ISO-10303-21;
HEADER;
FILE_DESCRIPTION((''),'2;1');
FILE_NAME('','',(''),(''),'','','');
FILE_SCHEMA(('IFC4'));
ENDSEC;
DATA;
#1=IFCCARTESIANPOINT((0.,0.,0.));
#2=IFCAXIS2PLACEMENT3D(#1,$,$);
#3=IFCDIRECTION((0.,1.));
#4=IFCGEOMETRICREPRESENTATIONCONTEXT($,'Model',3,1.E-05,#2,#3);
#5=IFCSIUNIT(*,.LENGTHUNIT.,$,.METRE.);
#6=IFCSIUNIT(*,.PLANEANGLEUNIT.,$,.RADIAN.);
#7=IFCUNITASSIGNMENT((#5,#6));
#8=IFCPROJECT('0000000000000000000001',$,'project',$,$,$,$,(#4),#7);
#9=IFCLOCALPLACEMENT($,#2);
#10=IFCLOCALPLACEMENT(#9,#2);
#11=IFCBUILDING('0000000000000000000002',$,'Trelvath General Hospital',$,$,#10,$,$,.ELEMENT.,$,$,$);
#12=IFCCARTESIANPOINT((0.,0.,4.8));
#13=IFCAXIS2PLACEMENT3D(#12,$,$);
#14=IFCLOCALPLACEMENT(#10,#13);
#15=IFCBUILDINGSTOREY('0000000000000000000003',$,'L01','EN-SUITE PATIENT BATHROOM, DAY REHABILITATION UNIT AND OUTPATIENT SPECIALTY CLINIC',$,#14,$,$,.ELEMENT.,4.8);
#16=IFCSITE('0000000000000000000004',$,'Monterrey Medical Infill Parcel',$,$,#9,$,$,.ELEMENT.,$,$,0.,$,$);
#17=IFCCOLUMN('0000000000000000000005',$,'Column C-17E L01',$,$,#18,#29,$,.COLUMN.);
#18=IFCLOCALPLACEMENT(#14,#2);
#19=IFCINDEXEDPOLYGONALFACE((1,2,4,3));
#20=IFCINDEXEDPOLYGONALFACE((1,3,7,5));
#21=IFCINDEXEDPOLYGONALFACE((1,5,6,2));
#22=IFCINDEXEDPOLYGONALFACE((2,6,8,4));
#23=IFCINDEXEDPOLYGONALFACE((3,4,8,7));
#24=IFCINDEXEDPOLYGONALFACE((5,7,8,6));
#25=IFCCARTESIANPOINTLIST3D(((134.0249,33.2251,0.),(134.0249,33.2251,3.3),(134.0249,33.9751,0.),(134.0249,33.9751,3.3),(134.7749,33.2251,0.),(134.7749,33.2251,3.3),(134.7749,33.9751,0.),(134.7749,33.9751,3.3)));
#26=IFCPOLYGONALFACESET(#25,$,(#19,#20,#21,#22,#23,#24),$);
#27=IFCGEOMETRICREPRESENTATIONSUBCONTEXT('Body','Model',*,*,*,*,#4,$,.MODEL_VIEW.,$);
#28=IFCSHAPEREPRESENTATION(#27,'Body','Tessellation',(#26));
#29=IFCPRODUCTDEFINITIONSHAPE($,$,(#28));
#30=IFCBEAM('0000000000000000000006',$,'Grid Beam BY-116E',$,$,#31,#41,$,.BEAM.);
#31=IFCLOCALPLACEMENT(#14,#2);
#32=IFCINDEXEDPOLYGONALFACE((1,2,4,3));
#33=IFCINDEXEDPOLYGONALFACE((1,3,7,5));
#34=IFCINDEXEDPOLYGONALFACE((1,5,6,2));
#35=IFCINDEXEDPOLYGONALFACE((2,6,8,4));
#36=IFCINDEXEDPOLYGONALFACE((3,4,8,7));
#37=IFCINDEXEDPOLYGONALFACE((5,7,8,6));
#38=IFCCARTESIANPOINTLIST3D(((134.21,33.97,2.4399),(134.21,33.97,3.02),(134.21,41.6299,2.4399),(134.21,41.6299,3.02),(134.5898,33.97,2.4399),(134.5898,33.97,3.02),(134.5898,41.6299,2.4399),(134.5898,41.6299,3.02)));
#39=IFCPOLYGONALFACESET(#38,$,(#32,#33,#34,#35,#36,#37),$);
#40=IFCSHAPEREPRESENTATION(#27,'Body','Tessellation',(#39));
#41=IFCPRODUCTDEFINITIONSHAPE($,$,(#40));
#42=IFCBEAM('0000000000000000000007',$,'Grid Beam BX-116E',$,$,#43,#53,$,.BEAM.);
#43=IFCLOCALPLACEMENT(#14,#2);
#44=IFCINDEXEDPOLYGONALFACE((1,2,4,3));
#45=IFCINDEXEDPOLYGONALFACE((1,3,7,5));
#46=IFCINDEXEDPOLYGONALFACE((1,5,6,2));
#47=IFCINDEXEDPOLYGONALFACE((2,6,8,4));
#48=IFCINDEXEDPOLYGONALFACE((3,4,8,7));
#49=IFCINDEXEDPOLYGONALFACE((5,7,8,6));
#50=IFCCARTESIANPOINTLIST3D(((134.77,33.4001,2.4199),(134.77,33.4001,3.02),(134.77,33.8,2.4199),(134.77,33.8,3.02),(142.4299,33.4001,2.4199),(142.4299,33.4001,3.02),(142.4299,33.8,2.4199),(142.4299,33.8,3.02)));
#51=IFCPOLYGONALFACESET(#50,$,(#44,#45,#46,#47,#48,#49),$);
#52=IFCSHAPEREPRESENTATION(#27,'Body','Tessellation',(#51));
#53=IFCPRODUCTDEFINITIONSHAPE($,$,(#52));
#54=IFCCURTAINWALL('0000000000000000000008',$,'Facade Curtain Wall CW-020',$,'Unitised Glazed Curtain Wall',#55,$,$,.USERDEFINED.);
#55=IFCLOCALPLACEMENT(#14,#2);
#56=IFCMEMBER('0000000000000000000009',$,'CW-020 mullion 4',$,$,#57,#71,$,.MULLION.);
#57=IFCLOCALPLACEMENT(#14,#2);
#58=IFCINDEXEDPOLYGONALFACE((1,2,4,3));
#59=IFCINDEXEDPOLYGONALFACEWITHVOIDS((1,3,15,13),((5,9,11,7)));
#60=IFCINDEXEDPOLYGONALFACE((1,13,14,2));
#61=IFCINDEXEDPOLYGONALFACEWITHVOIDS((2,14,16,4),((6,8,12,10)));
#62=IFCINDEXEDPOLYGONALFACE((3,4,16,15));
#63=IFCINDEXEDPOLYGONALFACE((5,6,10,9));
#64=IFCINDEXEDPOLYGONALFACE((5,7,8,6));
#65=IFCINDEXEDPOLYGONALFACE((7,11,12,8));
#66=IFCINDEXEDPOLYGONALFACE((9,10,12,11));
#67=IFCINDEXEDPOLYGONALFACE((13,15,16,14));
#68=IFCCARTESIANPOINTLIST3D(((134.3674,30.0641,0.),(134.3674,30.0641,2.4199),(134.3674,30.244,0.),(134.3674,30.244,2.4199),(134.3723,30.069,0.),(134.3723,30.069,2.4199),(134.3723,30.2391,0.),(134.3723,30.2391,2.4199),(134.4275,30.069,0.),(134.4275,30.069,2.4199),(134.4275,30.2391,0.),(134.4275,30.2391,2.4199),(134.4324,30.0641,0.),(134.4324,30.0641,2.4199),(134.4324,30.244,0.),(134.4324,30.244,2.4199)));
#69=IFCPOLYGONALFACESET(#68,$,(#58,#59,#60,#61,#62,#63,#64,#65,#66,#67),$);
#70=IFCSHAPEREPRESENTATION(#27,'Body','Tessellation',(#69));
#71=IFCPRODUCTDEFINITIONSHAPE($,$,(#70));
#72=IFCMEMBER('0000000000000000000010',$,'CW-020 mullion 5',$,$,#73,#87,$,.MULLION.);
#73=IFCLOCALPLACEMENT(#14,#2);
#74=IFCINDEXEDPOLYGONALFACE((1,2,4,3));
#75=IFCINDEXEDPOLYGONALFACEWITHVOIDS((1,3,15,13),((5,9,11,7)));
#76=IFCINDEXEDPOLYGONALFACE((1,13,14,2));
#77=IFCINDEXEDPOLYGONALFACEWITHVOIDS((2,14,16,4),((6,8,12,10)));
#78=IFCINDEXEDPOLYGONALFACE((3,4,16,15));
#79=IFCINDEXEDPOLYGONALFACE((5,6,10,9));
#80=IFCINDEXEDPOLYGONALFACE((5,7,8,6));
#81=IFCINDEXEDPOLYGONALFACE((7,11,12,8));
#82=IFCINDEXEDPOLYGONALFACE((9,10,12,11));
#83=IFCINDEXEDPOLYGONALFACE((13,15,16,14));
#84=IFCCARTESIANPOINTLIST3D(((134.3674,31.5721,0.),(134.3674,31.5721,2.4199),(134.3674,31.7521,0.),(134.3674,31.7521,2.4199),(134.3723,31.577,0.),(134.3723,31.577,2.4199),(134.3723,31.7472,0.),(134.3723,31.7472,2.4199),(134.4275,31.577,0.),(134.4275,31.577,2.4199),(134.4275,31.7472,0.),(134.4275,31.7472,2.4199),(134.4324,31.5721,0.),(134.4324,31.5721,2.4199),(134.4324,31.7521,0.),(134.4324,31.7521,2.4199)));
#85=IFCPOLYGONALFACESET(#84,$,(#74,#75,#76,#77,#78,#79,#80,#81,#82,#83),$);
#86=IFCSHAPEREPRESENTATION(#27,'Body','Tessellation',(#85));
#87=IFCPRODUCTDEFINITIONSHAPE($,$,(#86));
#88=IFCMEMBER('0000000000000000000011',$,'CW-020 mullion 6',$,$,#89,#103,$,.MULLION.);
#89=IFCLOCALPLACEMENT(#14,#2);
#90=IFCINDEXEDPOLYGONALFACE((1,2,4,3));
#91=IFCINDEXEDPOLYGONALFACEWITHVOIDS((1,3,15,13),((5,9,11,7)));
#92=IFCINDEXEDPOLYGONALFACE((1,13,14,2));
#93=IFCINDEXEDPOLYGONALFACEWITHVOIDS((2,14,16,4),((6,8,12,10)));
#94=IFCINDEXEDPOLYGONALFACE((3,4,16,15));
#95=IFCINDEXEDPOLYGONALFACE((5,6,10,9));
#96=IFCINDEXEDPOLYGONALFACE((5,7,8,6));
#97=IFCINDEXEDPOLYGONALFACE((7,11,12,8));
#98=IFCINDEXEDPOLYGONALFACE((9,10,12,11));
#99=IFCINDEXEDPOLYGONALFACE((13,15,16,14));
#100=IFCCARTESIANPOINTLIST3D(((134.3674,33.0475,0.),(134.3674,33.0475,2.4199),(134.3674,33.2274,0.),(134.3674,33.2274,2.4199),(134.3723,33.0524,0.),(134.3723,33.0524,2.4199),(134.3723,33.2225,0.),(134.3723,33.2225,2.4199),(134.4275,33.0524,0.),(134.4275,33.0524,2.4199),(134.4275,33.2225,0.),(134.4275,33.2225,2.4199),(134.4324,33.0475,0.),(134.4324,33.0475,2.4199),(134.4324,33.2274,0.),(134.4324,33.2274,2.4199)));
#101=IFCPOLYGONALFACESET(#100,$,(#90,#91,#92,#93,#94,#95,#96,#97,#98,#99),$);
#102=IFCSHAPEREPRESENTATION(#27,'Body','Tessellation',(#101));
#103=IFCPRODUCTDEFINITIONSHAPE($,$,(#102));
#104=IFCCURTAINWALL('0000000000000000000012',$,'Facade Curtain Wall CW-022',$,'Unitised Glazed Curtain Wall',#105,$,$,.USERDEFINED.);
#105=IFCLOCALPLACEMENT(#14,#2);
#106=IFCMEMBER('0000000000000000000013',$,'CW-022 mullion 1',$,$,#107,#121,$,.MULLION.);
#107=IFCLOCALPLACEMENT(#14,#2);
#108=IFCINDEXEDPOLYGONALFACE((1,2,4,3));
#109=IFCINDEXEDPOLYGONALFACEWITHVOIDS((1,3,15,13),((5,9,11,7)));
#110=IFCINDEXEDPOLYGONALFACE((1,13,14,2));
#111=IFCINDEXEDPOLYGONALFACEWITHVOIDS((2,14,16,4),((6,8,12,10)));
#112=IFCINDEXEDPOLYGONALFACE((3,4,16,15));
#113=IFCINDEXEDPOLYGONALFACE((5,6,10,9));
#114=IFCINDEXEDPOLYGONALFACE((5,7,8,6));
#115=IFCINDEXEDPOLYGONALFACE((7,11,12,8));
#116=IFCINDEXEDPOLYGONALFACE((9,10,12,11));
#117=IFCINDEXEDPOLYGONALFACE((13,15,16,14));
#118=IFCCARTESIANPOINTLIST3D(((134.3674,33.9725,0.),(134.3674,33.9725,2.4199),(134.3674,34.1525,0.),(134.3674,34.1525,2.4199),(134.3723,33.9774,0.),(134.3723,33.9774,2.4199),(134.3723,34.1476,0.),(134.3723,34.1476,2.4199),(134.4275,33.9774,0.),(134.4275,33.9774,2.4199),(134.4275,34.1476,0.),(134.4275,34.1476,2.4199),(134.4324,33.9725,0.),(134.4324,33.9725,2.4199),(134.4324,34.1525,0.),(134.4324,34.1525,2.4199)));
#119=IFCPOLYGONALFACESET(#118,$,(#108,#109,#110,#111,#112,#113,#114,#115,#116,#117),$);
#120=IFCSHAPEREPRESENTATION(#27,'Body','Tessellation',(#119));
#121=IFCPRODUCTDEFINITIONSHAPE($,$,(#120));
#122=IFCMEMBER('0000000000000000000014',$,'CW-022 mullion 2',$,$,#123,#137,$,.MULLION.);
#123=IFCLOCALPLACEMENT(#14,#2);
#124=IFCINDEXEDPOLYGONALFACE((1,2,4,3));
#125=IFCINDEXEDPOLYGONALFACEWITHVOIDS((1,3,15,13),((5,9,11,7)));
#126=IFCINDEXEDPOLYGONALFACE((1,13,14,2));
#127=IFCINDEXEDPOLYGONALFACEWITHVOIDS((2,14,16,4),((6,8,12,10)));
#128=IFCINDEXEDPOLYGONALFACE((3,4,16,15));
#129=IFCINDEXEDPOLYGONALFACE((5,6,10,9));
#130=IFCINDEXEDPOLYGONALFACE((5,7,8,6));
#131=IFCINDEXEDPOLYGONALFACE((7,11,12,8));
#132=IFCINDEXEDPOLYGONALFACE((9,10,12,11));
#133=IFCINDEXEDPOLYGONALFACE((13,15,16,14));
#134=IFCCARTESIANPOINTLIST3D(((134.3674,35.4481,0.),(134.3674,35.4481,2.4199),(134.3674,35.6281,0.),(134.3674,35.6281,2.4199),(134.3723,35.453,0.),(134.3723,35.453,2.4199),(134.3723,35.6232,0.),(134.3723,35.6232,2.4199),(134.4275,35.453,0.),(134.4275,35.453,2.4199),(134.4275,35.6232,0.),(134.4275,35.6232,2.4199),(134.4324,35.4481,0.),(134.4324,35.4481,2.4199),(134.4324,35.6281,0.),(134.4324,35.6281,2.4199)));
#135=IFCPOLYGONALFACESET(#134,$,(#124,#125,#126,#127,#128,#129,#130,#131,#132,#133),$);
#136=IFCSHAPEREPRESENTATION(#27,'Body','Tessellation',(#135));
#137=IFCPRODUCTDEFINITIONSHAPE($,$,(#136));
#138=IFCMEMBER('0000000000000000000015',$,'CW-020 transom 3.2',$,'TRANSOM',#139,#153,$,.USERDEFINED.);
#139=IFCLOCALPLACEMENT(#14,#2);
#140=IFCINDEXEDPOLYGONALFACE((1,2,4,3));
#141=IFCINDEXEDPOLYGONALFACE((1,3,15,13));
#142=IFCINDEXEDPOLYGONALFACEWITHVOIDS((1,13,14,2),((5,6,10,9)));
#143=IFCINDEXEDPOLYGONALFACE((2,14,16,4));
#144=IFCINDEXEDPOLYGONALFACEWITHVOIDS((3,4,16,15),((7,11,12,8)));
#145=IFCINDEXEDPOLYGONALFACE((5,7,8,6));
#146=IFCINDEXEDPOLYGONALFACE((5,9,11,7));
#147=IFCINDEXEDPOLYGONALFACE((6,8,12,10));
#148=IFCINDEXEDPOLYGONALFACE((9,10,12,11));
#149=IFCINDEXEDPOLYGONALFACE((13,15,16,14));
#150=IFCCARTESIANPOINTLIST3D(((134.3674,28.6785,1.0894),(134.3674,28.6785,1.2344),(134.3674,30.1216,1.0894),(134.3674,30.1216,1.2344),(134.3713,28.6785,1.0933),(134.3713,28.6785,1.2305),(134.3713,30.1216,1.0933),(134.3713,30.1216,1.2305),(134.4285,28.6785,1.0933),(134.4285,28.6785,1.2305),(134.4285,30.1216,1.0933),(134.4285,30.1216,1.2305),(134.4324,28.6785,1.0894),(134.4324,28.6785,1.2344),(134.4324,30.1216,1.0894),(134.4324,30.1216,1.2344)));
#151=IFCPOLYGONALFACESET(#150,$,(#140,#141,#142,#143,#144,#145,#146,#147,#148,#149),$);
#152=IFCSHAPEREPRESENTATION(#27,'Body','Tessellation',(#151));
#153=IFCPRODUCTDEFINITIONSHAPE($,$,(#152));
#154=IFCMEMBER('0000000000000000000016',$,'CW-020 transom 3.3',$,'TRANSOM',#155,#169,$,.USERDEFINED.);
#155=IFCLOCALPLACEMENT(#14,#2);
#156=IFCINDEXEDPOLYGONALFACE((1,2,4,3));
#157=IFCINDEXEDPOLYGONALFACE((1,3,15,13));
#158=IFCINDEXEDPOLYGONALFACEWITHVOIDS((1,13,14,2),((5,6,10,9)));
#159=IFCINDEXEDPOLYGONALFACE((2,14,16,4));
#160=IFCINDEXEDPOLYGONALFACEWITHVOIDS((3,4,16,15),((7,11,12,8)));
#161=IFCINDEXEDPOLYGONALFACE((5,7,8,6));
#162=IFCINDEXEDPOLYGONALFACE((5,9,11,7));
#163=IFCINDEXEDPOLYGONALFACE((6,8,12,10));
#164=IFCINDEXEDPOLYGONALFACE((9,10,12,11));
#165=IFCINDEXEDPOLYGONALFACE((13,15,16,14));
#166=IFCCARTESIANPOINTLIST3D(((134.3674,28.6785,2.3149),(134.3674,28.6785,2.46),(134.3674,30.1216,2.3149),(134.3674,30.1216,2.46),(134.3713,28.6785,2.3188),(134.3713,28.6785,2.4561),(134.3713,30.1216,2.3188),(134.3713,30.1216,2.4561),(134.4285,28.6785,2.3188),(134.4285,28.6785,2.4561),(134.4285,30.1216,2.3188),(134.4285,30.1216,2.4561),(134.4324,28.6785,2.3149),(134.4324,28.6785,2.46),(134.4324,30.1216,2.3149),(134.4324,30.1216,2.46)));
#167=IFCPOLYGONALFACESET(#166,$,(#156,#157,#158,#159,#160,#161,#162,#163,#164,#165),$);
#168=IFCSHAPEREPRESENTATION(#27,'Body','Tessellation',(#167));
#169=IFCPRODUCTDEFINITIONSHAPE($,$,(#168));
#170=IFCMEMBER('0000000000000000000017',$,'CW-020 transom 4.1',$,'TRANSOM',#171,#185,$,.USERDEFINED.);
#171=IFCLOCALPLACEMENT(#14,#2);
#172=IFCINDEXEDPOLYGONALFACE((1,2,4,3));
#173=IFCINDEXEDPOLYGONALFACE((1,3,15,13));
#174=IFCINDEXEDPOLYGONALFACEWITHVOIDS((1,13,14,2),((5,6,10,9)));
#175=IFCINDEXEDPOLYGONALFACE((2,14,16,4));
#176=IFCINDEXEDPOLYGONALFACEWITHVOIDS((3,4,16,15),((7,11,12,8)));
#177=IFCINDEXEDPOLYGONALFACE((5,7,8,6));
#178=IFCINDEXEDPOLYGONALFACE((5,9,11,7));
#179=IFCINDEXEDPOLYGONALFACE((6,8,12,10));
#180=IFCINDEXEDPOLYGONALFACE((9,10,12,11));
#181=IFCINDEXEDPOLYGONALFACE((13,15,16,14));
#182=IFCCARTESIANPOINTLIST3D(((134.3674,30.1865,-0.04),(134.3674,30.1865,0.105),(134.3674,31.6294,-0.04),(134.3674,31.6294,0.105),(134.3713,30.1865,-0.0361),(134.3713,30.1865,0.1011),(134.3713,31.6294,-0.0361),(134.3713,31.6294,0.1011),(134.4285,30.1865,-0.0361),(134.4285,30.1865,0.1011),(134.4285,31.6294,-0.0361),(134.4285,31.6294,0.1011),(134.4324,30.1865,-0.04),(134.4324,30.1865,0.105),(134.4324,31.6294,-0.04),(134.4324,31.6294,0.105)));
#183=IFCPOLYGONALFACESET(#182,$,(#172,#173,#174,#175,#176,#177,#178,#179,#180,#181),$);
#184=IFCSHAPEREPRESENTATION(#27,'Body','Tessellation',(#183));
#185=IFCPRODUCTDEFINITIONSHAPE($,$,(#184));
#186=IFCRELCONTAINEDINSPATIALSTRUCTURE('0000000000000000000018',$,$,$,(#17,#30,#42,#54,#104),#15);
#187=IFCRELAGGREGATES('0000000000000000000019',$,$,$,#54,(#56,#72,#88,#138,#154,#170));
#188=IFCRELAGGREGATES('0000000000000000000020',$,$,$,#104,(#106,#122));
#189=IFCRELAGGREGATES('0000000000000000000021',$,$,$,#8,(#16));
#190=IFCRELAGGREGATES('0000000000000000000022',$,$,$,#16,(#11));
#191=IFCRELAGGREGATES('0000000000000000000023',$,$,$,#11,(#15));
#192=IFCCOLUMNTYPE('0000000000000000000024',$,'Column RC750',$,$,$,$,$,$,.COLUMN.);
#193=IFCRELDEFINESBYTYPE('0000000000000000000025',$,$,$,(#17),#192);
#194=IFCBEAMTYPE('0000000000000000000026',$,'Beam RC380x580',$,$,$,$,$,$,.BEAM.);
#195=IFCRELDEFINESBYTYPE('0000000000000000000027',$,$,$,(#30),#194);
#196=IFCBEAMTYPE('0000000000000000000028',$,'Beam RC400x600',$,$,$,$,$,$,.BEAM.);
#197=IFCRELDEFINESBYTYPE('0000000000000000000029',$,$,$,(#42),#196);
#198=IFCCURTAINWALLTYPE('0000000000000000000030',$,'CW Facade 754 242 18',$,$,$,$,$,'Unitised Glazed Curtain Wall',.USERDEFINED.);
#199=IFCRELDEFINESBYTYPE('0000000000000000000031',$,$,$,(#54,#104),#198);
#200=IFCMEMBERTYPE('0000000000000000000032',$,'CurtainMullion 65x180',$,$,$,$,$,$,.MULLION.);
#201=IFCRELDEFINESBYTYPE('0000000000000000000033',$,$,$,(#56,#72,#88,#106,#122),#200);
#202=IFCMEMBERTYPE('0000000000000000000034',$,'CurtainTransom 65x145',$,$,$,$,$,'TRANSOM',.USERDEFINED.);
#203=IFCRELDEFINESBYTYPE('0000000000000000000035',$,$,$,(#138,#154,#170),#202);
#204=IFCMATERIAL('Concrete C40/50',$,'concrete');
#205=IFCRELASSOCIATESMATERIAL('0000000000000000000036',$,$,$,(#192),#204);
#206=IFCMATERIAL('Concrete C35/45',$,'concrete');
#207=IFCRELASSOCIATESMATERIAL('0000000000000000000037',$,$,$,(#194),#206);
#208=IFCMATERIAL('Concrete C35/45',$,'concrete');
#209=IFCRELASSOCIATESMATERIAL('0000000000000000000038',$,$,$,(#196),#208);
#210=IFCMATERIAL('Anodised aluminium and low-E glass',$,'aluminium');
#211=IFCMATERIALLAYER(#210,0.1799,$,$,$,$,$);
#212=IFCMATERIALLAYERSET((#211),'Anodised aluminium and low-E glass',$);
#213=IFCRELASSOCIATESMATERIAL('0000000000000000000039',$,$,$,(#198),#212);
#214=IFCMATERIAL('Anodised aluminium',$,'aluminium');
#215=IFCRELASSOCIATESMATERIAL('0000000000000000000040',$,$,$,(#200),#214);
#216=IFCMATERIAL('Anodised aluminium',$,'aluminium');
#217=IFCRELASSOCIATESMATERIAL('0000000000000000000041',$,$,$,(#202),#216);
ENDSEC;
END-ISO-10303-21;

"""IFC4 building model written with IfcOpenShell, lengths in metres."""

from ifc_helpers import new_model, si_unit, direction, frame, origin, origin_2d, place, context, subcontext, project, spatial, rectangle, hollow_rectangle, extrude, material, layer, layer_set, material_profile, profile_set, type_object, element, aggregate, save


model = new_model("IFC4")

# Units and contexts
model_context = context("Model", 3, precision=1e-05, world=origin(), true_north=direction((0.0, 1.0)))
body_context = subcontext(model_context, "Body", "Model", "MODEL_VIEW")
ifc_project = project(units=[si_unit("LENGTHUNIT", "METRE"), si_unit("PLANEANGLEUNIT", "RADIAN")], contexts=[model_context])

# Site, building, storey
site_placement = place(None, origin())
site = spatial("IfcSite", under=ifc_project, at=site_placement, Name="Monterrey Medical Infill Parcel", CompositionType="ELEMENT", RefElevation=0.0)
building_placement = place(site_placement, origin())
building = spatial("IfcBuilding", under=site, at=building_placement, Name="Trelvath General Hospital", CompositionType="ELEMENT")
storey_placement = place(building_placement, frame((0.0, 0.0, 4.8)))
storey = spatial("IfcBuildingStorey", under=building, at=storey_placement, Name="L01", Description="EN-SUITE PATIENT BATHROOM, DAY REHABILITATION UNIT AND OUTPATIENT SPECIALTY CLINIC", CompositionType="ELEMENT", Elevation=4.8)

# Column
ifc_material_1 = material(Name="Concrete C40/50", Category="concrete")
ifc_material_profile_1 = material_profile(ifc_material_1, rectangle(XDim=0.75, YDim=0.75, at=origin_2d()), Name="RC750x750")
ifc_profile_set_1 = profile_set([ifc_material_profile_1], Name="Concrete C40/50")
column_type = type_object("IfcColumnType", Name="Column RC750", PredefinedType="COLUMN", material=ifc_profile_set_1)
column_placement = place(storey_placement, frame((134.3999, 33.6001, 0.0), z_axis=(0.0, 0.0, 1.0), x_axis=(1.0, 0.0, 0.0)))
element("IfcColumn", 1, at=column_placement, inside=storey, type_object=column_type, Name="Column C-17E L01", PredefinedType="COLUMN", context=body_context, shape_type="SweptSolid", body=[
    extrude(rectangle(XDim=0.75, YDim=0.75, at=origin_2d()), origin(), (0.0, 0.0, 1.0), 3.3),
])

# Beams
ifc_material_2 = material(Name="Concrete C35/45", Category="concrete")
ifc_material_profile_2 = material_profile(ifc_material_2, rectangle(XDim=0.3799, YDim=0.5801, at=origin_2d()), Name="RCB380x580")
ifc_profile_set_2 = profile_set([ifc_material_profile_2], Name="Concrete C35/45")
beam_type_1 = type_object("IfcBeamType", Name="Beam RC380x580", PredefinedType="BEAM", material=ifc_profile_set_2)
beam_1_placement = place(storey_placement, frame((134.3999, 33.97, 2.73), z_axis=(0.0, 1.0, 0.0), x_axis=(-1.0, 0.0, 0.0)))
element("IfcBeam", 2, at=beam_1_placement, inside=storey, type_object=beam_type_1, Name="Grid Beam BY-116E", PredefinedType="BEAM", context=body_context, shape_type="SweptSolid", body=[
    extrude(rectangle(XDim=0.3799, YDim=0.5801, at=origin_2d()), origin(), (0.0, 0.0, 1.0), 7.6599),
])
ifc_material_3 = material(Name="Concrete C35/45", Category="concrete")
ifc_material_profile_3 = material_profile(ifc_material_3, rectangle(XDim=0.3999, YDim=0.6001, at=origin_2d()), Name="RCB400x600")
ifc_profile_set_3 = profile_set([ifc_material_profile_3], Name="Concrete C35/45")
beam_type_2 = type_object("IfcBeamType", Name="Beam RC400x600", PredefinedType="BEAM", material=ifc_profile_set_3)
beam_2_placement = place(storey_placement, frame((134.77, 33.6001, 2.72), z_axis=(1.0, 0.0, 0.0), x_axis=(0.0, 1.0, 0.0)))
element("IfcBeam", 3, at=beam_2_placement, inside=storey, type_object=beam_type_2, Name="Grid Beam BX-116E", PredefinedType="BEAM", context=body_context, shape_type="SweptSolid", body=[
    extrude(rectangle(XDim=0.3999, YDim=0.6001, at=origin_2d()), origin(), (0.0, 0.0, 1.0), 7.6599),
])

# Curtain walls, members
ifc_material_4 = material(Name="Anodised aluminium and low-E glass", Category="aluminium")
ifc_layer_1 = layer(ifc_material_4, 0.1799)
ifc_layer_set_1 = layer_set([ifc_layer_1], Name="Anodised aluminium and low-E glass")
curtain_wall_type = type_object("IfcCurtainWallType", Name="CW Facade 754 242 18", ElementType="Unitised Glazed Curtain Wall", PredefinedType="USERDEFINED", material=ifc_layer_set_1)
curtain_wall_1_placement = place(storey_placement, origin())
curtain_wall_1 = element("IfcCurtainWall", 4, at=curtain_wall_1_placement, inside=storey, type_object=curtain_wall_type, Name="Facade Curtain Wall CW-020", ObjectType="Unitised Glazed Curtain Wall", PredefinedType="USERDEFINED")
ifc_material_5 = material(Name="Anodised aluminium", Category="aluminium")
ifc_material_profile_4 = material_profile(ifc_material_5, hollow_rectangle(XDim=0.0649, YDim=0.1799, WallThickness=0.0049, at=origin_2d()), Name="RHS65x180x5")
ifc_profile_set_4 = profile_set([ifc_material_profile_4], Name="Anodised aluminium")
member_type_1 = type_object("IfcMemberType", Name="CurtainMullion 65x180", PredefinedType="MULLION", material=ifc_profile_set_4)
member_1_placement = place(storey_placement, frame((134.3999, 30.1541, 0.0), z_axis=(0.0, 0.0, 1.0), x_axis=(-1.0, 0.0, 0.0)))
member_1 = element("IfcMember", 5, at=member_1_placement, type_object=member_type_1, Name="CW-020 mullion 4", PredefinedType="MULLION", context=body_context, shape_type="SweptSolid", body=[
    extrude(hollow_rectangle(XDim=0.0649, YDim=0.1799, WallThickness=0.0049, at=origin_2d()), origin(), (0.0, 0.0, 1.0), 2.4199),
])
member_2_placement = place(storey_placement, frame((134.3999, 31.6621, 0.0), z_axis=(0.0, 0.0, 1.0), x_axis=(-1.0, 0.0, 0.0)))
member_2 = element("IfcMember", 6, at=member_2_placement, type_object=member_type_1, Name="CW-020 mullion 5", PredefinedType="MULLION", context=body_context, shape_type="SweptSolid", body=[
    extrude(hollow_rectangle(XDim=0.0649, YDim=0.1799, WallThickness=0.0049, at=origin_2d()), origin(), (0.0, 0.0, 1.0), 2.4199),
])
member_3_placement = place(storey_placement, frame((134.3999, 33.1375, 0.0), z_axis=(0.0, 0.0, 1.0), x_axis=(-1.0, 0.0, 0.0)))
member_3 = element("IfcMember", 7, at=member_3_placement, type_object=member_type_1, Name="CW-020 mullion 6", PredefinedType="MULLION", context=body_context, shape_type="SweptSolid", body=[
    extrude(hollow_rectangle(XDim=0.0649, YDim=0.1799, WallThickness=0.0049, at=origin_2d()), origin(), (0.0, 0.0, 1.0), 2.4199),
])
curtain_wall_2_placement = place(storey_placement, origin())
curtain_wall_2 = element("IfcCurtainWall", 8, at=curtain_wall_2_placement, inside=storey, type_object=curtain_wall_type, Name="Facade Curtain Wall CW-022", ObjectType="Unitised Glazed Curtain Wall", PredefinedType="USERDEFINED")
member_4_placement = place(storey_placement, frame((134.3999, 34.0625, 0.0), z_axis=(0.0, 0.0, 1.0), x_axis=(-1.0, 0.0, 0.0)))
member_4 = element("IfcMember", 9, at=member_4_placement, type_object=member_type_1, Name="CW-022 mullion 1", PredefinedType="MULLION", context=body_context, shape_type="SweptSolid", body=[
    extrude(hollow_rectangle(XDim=0.0649, YDim=0.1799, WallThickness=0.0049, at=origin_2d()), origin(), (0.0, 0.0, 1.0), 2.4199),
])
member_5_placement = place(storey_placement, frame((134.3999, 35.5381, 0.0), z_axis=(0.0, 0.0, 1.0), x_axis=(-1.0, 0.0, 0.0)))
member_5 = element("IfcMember", 10, at=member_5_placement, type_object=member_type_1, Name="CW-022 mullion 2", PredefinedType="MULLION", context=body_context, shape_type="SweptSolid", body=[
    extrude(hollow_rectangle(XDim=0.0649, YDim=0.1799, WallThickness=0.0049, at=origin_2d()), origin(), (0.0, 0.0, 1.0), 2.4199),
])

# Members
ifc_material_6 = material(Name="Anodised aluminium", Category="aluminium")
ifc_material_profile_5 = material_profile(ifc_material_6, hollow_rectangle(XDim=0.0649, YDim=0.145, WallThickness=0.0039, at=origin_2d()), Name="RHS65x145x4")
ifc_profile_set_5 = profile_set([ifc_material_profile_5], Name="Anodised aluminium")
member_type_2 = type_object("IfcMemberType", Name="CurtainTransom 65x145", ElementType="TRANSOM", PredefinedType="USERDEFINED", material=ifc_profile_set_5)
member_6_placement = place(storey_placement, frame((134.3999, 28.6785, 1.1619), z_axis=(0.0, 1.0, 0.0), x_axis=(-1.0, 0.0, 0.0)))
member_6 = element("IfcMember", 11, at=member_6_placement, type_object=member_type_2, Name="CW-020 transom 3.2", ObjectType="TRANSOM", PredefinedType="USERDEFINED", context=body_context, shape_type="SweptSolid", body=[
    extrude(hollow_rectangle(XDim=0.0649, YDim=0.145, WallThickness=0.0039, at=origin_2d()), origin(), (0.0, 0.0, 1.0), 1.4431),
])
member_7_placement = place(storey_placement, frame((134.3999, 28.6785, 2.3875), z_axis=(0.0, 1.0, 0.0), x_axis=(-1.0, 0.0, 0.0)))
member_7 = element("IfcMember", 12, at=member_7_placement, type_object=member_type_2, Name="CW-020 transom 3.3", ObjectType="TRANSOM", PredefinedType="USERDEFINED", context=body_context, shape_type="SweptSolid", body=[
    extrude(hollow_rectangle(XDim=0.0649, YDim=0.145, WallThickness=0.0039, at=origin_2d()), origin(), (0.0, 0.0, 1.0), 1.4431),
])
member_8_placement = place(storey_placement, frame((134.3999, 30.1865, 0.0325), z_axis=(0.0, 1.0, 0.0), x_axis=(-1.0, 0.0, 0.0)))
member_8 = element("IfcMember", 13, at=member_8_placement, type_object=member_type_2, Name="CW-020 transom 4.1", ObjectType="TRANSOM", PredefinedType="USERDEFINED", context=body_context, shape_type="SweptSolid", body=[
    extrude(hollow_rectangle(XDim=0.0649, YDim=0.145, WallThickness=0.0039, at=origin_2d()), origin(), (0.0, 0.0, 1.0), 1.4429),
])

aggregate(curtain_wall_1, [member_1, member_2, member_3, member_6, member_7, member_8])
aggregate(curtain_wall_2, [member_4, member_5])

save(model, "model.ifc")
